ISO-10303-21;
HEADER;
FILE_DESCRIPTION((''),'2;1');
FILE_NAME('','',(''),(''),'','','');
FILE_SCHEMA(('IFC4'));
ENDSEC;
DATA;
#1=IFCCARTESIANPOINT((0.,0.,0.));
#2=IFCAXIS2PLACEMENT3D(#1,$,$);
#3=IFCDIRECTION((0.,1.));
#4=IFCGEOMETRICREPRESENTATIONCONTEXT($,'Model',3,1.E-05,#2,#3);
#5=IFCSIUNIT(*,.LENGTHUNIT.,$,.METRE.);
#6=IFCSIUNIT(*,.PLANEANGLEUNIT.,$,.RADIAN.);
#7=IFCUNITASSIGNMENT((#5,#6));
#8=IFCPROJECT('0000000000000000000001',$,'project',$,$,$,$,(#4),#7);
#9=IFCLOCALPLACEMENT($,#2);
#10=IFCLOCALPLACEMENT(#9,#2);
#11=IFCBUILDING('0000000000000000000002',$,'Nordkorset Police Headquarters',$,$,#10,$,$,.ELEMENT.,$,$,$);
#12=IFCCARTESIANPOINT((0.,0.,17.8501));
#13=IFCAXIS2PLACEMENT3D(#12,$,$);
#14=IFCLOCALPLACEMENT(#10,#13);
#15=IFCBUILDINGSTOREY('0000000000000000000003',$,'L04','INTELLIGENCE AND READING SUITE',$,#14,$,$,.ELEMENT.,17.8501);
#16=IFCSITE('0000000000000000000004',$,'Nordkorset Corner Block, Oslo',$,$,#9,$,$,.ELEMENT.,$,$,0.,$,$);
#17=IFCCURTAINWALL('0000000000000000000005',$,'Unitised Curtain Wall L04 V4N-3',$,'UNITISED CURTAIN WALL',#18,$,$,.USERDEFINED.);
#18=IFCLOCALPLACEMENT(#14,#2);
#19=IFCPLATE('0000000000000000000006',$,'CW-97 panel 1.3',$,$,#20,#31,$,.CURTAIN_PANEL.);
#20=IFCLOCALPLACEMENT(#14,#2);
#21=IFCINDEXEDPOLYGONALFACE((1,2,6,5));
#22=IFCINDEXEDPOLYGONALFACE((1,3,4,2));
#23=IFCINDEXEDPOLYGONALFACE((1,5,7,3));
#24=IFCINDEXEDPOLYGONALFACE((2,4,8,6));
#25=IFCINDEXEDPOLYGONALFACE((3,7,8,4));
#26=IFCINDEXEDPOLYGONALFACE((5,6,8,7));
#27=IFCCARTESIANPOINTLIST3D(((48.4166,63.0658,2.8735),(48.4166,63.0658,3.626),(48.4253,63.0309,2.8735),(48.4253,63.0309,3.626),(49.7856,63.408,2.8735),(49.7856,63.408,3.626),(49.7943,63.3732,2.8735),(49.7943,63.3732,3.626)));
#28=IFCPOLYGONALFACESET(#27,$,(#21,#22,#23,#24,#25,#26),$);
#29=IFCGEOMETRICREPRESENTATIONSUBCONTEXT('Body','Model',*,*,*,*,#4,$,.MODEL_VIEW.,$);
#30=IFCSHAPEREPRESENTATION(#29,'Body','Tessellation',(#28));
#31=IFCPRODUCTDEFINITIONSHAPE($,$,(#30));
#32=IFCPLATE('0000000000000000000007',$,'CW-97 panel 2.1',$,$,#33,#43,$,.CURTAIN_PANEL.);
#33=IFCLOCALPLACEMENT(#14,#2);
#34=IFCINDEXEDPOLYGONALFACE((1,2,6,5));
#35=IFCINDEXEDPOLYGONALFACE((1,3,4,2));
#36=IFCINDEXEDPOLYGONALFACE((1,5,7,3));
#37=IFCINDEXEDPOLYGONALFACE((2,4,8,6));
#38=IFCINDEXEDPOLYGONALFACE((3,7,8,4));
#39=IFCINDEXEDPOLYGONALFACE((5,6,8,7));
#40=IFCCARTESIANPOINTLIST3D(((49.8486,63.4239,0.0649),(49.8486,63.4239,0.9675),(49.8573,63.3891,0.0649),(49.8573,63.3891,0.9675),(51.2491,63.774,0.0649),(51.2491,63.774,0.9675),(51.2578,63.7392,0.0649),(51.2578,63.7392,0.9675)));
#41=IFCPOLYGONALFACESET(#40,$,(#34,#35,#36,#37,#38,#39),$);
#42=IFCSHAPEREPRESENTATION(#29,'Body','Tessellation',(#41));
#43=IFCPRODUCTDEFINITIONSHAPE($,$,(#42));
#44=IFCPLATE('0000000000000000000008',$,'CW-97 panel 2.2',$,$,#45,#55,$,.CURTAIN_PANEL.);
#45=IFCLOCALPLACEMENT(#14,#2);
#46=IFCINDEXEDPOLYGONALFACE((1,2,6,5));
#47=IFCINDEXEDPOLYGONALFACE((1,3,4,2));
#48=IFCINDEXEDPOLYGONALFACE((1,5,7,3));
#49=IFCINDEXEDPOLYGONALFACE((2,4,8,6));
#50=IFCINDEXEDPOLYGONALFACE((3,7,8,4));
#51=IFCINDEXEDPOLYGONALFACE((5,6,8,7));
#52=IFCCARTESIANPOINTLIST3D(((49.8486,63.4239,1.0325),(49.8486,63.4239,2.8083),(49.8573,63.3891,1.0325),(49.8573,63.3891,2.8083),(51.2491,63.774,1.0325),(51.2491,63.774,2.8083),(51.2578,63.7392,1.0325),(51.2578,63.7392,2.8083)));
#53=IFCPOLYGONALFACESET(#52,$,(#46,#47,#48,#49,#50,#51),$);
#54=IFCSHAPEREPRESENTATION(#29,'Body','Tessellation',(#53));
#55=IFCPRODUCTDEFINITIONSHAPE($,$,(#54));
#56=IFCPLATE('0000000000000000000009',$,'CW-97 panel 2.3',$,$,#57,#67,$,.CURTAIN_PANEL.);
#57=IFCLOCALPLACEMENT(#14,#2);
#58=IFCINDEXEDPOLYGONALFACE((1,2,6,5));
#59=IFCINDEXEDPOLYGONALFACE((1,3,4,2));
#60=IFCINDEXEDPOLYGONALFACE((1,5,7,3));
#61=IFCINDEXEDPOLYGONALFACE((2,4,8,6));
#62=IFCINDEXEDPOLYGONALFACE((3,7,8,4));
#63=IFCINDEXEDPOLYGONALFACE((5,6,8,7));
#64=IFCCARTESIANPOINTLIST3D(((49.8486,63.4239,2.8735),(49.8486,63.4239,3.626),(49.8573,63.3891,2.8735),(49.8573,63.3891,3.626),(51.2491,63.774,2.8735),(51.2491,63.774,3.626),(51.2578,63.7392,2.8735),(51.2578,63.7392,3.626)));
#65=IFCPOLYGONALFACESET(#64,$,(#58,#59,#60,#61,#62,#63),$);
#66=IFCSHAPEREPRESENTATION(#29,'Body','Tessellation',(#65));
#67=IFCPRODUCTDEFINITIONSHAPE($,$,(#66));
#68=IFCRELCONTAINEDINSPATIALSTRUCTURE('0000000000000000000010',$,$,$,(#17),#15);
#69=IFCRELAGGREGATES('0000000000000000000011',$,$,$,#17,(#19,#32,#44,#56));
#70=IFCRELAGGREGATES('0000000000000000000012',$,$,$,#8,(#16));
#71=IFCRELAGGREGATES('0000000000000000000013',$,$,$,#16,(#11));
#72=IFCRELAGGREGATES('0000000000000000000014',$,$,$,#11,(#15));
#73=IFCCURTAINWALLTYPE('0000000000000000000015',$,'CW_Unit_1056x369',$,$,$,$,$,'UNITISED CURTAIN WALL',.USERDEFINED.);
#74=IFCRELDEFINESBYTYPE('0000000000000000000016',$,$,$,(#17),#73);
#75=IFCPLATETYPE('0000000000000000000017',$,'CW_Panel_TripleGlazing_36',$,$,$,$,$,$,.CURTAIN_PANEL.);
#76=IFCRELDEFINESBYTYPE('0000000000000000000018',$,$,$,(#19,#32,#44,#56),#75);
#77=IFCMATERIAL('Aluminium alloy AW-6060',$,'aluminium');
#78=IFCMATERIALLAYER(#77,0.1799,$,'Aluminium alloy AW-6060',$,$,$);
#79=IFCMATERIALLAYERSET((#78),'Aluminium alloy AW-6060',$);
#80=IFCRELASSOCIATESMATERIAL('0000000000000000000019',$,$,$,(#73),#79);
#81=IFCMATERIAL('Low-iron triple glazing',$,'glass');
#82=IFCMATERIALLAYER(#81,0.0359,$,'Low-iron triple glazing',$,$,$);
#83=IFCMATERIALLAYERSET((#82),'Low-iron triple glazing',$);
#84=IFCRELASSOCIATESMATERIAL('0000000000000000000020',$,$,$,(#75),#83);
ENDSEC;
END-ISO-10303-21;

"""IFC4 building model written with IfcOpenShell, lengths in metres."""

from ifc_helpers import new_model, si_unit, direction, frame, origin, origin_2d, place, context, subcontext, project, spatial, rectangle, extrude, material, layer, layer_set, type_object, element, aggregate, save


model = new_model("IFC4")

# Units and contexts
model_context = context("Model", 3, precision=1e-05, world=origin(), true_north=direction((0.0, 1.0)))
body_context = subcontext(model_context, "Body", "Model", "MODEL_VIEW")
ifc_project = project(units=[si_unit("LENGTHUNIT", "METRE"), si_unit("PLANEANGLEUNIT", "RADIAN")], contexts=[model_context])

# Site, building, storey
site_placement = place(None, origin())
site = spatial("IfcSite", under=ifc_project, at=site_placement, Name="Nordkorset Corner Block, Oslo", CompositionType="ELEMENT", RefElevation=0.0)
building_placement = place(site_placement, origin())
building = spatial("IfcBuilding", under=site, at=building_placement, Name="Nordkorset Police Headquarters", CompositionType="ELEMENT")
storey_placement = place(building_placement, frame((0.0, 0.0, 17.8501)))
storey = spatial("IfcBuildingStorey", under=building, at=storey_placement, Name="L04", Description="INTELLIGENCE AND READING SUITE", CompositionType="ELEMENT", Elevation=17.8501)

# Curtain wall
ifc_material_1 = material(Name="Aluminium alloy AW-6060", Category="aluminium")
ifc_layer_1 = layer(ifc_material_1, 0.1799, Name="Aluminium alloy AW-6060")
ifc_layer_set_1 = layer_set([ifc_layer_1], Name="Aluminium alloy AW-6060")
curtain_wall_type_1 = type_object("IfcCurtainWallType", Name="CW_Unit_1056x369", ElementType="UNITISED CURTAIN WALL", PredefinedType="USERDEFINED", material=ifc_layer_set_1)
curtain_wall_1_placement = place(storey_placement, origin())
curtain_wall_1 = element("IfcCurtainWall", 1, at=curtain_wall_1_placement, inside=storey, type_object=curtain_wall_type_1, Name="Unitised Curtain Wall L04 V4N-3", ObjectType="UNITISED CURTAIN WALL", PredefinedType="USERDEFINED")

# Plates
ifc_material_2 = material(Name="Low-iron triple glazing", Category="glass")
ifc_layer_2 = layer(ifc_material_2, 0.0359, Name="Low-iron triple glazing")
ifc_layer_set_2 = layer_set([ifc_layer_2], Name="Low-iron triple glazing")
plate_type = type_object("IfcPlateType", Name="CW_Panel_TripleGlazing_36", PredefinedType="CURTAIN_PANEL", material=ifc_layer_set_2)
plate_1_placement = place(storey_placement, frame((49.1055, 63.2195, 2.8735), z_axis=(0.0, 0.0, 1.0), x_axis=(0.970142, 0.242536, 0.0)))
plate_1 = element("IfcPlate", 2, at=plate_1_placement, type_object=plate_type, Name="CW-97 panel 1.3", PredefinedType="CURTAIN_PANEL", context=body_context, shape_type="SweptSolid", body=[
    extrude(rectangle(XDim=1.4111, YDim=0.0359, at=origin_2d()), origin(), (0.0, 0.0, 1.0), 0.7524),
])
plate_2_placement = place(storey_placement, frame((50.5532, 63.5815, 0.0649), z_axis=(0.0, 0.0, 1.0), x_axis=(0.970142, 0.242536, 0.0)))
plate_2 = element("IfcPlate", 3, at=plate_2_placement, type_object=plate_type, Name="CW-97 panel 2.1", PredefinedType="CURTAIN_PANEL", context=body_context, shape_type="SweptSolid", body=[
    extrude(rectangle(XDim=1.4436, YDim=0.0359, at=origin_2d()), origin(), (0.0, 0.0, 1.0), 0.9026),
])
plate_3_placement = place(storey_placement, frame((50.5532, 63.5815, 1.0325), z_axis=(0.0, 0.0, 1.0), x_axis=(0.970142, 0.242536, 0.0)))
plate_3 = element("IfcPlate", 4, at=plate_3_placement, type_object=plate_type, Name="CW-97 panel 2.2", PredefinedType="CURTAIN_PANEL", context=body_context, shape_type="SweptSolid", body=[
    extrude(rectangle(XDim=1.4436, YDim=0.0359, at=origin_2d()), origin(), (0.0, 0.0, 1.0), 1.7759),
])
plate_4_placement = place(storey_placement, frame((50.5532, 63.5815, 2.8735), z_axis=(0.0, 0.0, 1.0), x_axis=(0.970142, 0.242536, 0.0)))
plate_4 = element("IfcPlate", 5, at=plate_4_placement, type_object=plate_type, Name="CW-97 panel 2.3", PredefinedType="CURTAIN_PANEL", context=body_context, shape_type="SweptSolid", body=[
    extrude(rectangle(XDim=1.4436, YDim=0.0359, at=origin_2d()), origin(), (0.0, 0.0, 1.0), 0.7524),
])
aggregate(curtain_wall_1, [plate_1, plate_2, plate_3, plate_4])

save(model, "model.ifc")
